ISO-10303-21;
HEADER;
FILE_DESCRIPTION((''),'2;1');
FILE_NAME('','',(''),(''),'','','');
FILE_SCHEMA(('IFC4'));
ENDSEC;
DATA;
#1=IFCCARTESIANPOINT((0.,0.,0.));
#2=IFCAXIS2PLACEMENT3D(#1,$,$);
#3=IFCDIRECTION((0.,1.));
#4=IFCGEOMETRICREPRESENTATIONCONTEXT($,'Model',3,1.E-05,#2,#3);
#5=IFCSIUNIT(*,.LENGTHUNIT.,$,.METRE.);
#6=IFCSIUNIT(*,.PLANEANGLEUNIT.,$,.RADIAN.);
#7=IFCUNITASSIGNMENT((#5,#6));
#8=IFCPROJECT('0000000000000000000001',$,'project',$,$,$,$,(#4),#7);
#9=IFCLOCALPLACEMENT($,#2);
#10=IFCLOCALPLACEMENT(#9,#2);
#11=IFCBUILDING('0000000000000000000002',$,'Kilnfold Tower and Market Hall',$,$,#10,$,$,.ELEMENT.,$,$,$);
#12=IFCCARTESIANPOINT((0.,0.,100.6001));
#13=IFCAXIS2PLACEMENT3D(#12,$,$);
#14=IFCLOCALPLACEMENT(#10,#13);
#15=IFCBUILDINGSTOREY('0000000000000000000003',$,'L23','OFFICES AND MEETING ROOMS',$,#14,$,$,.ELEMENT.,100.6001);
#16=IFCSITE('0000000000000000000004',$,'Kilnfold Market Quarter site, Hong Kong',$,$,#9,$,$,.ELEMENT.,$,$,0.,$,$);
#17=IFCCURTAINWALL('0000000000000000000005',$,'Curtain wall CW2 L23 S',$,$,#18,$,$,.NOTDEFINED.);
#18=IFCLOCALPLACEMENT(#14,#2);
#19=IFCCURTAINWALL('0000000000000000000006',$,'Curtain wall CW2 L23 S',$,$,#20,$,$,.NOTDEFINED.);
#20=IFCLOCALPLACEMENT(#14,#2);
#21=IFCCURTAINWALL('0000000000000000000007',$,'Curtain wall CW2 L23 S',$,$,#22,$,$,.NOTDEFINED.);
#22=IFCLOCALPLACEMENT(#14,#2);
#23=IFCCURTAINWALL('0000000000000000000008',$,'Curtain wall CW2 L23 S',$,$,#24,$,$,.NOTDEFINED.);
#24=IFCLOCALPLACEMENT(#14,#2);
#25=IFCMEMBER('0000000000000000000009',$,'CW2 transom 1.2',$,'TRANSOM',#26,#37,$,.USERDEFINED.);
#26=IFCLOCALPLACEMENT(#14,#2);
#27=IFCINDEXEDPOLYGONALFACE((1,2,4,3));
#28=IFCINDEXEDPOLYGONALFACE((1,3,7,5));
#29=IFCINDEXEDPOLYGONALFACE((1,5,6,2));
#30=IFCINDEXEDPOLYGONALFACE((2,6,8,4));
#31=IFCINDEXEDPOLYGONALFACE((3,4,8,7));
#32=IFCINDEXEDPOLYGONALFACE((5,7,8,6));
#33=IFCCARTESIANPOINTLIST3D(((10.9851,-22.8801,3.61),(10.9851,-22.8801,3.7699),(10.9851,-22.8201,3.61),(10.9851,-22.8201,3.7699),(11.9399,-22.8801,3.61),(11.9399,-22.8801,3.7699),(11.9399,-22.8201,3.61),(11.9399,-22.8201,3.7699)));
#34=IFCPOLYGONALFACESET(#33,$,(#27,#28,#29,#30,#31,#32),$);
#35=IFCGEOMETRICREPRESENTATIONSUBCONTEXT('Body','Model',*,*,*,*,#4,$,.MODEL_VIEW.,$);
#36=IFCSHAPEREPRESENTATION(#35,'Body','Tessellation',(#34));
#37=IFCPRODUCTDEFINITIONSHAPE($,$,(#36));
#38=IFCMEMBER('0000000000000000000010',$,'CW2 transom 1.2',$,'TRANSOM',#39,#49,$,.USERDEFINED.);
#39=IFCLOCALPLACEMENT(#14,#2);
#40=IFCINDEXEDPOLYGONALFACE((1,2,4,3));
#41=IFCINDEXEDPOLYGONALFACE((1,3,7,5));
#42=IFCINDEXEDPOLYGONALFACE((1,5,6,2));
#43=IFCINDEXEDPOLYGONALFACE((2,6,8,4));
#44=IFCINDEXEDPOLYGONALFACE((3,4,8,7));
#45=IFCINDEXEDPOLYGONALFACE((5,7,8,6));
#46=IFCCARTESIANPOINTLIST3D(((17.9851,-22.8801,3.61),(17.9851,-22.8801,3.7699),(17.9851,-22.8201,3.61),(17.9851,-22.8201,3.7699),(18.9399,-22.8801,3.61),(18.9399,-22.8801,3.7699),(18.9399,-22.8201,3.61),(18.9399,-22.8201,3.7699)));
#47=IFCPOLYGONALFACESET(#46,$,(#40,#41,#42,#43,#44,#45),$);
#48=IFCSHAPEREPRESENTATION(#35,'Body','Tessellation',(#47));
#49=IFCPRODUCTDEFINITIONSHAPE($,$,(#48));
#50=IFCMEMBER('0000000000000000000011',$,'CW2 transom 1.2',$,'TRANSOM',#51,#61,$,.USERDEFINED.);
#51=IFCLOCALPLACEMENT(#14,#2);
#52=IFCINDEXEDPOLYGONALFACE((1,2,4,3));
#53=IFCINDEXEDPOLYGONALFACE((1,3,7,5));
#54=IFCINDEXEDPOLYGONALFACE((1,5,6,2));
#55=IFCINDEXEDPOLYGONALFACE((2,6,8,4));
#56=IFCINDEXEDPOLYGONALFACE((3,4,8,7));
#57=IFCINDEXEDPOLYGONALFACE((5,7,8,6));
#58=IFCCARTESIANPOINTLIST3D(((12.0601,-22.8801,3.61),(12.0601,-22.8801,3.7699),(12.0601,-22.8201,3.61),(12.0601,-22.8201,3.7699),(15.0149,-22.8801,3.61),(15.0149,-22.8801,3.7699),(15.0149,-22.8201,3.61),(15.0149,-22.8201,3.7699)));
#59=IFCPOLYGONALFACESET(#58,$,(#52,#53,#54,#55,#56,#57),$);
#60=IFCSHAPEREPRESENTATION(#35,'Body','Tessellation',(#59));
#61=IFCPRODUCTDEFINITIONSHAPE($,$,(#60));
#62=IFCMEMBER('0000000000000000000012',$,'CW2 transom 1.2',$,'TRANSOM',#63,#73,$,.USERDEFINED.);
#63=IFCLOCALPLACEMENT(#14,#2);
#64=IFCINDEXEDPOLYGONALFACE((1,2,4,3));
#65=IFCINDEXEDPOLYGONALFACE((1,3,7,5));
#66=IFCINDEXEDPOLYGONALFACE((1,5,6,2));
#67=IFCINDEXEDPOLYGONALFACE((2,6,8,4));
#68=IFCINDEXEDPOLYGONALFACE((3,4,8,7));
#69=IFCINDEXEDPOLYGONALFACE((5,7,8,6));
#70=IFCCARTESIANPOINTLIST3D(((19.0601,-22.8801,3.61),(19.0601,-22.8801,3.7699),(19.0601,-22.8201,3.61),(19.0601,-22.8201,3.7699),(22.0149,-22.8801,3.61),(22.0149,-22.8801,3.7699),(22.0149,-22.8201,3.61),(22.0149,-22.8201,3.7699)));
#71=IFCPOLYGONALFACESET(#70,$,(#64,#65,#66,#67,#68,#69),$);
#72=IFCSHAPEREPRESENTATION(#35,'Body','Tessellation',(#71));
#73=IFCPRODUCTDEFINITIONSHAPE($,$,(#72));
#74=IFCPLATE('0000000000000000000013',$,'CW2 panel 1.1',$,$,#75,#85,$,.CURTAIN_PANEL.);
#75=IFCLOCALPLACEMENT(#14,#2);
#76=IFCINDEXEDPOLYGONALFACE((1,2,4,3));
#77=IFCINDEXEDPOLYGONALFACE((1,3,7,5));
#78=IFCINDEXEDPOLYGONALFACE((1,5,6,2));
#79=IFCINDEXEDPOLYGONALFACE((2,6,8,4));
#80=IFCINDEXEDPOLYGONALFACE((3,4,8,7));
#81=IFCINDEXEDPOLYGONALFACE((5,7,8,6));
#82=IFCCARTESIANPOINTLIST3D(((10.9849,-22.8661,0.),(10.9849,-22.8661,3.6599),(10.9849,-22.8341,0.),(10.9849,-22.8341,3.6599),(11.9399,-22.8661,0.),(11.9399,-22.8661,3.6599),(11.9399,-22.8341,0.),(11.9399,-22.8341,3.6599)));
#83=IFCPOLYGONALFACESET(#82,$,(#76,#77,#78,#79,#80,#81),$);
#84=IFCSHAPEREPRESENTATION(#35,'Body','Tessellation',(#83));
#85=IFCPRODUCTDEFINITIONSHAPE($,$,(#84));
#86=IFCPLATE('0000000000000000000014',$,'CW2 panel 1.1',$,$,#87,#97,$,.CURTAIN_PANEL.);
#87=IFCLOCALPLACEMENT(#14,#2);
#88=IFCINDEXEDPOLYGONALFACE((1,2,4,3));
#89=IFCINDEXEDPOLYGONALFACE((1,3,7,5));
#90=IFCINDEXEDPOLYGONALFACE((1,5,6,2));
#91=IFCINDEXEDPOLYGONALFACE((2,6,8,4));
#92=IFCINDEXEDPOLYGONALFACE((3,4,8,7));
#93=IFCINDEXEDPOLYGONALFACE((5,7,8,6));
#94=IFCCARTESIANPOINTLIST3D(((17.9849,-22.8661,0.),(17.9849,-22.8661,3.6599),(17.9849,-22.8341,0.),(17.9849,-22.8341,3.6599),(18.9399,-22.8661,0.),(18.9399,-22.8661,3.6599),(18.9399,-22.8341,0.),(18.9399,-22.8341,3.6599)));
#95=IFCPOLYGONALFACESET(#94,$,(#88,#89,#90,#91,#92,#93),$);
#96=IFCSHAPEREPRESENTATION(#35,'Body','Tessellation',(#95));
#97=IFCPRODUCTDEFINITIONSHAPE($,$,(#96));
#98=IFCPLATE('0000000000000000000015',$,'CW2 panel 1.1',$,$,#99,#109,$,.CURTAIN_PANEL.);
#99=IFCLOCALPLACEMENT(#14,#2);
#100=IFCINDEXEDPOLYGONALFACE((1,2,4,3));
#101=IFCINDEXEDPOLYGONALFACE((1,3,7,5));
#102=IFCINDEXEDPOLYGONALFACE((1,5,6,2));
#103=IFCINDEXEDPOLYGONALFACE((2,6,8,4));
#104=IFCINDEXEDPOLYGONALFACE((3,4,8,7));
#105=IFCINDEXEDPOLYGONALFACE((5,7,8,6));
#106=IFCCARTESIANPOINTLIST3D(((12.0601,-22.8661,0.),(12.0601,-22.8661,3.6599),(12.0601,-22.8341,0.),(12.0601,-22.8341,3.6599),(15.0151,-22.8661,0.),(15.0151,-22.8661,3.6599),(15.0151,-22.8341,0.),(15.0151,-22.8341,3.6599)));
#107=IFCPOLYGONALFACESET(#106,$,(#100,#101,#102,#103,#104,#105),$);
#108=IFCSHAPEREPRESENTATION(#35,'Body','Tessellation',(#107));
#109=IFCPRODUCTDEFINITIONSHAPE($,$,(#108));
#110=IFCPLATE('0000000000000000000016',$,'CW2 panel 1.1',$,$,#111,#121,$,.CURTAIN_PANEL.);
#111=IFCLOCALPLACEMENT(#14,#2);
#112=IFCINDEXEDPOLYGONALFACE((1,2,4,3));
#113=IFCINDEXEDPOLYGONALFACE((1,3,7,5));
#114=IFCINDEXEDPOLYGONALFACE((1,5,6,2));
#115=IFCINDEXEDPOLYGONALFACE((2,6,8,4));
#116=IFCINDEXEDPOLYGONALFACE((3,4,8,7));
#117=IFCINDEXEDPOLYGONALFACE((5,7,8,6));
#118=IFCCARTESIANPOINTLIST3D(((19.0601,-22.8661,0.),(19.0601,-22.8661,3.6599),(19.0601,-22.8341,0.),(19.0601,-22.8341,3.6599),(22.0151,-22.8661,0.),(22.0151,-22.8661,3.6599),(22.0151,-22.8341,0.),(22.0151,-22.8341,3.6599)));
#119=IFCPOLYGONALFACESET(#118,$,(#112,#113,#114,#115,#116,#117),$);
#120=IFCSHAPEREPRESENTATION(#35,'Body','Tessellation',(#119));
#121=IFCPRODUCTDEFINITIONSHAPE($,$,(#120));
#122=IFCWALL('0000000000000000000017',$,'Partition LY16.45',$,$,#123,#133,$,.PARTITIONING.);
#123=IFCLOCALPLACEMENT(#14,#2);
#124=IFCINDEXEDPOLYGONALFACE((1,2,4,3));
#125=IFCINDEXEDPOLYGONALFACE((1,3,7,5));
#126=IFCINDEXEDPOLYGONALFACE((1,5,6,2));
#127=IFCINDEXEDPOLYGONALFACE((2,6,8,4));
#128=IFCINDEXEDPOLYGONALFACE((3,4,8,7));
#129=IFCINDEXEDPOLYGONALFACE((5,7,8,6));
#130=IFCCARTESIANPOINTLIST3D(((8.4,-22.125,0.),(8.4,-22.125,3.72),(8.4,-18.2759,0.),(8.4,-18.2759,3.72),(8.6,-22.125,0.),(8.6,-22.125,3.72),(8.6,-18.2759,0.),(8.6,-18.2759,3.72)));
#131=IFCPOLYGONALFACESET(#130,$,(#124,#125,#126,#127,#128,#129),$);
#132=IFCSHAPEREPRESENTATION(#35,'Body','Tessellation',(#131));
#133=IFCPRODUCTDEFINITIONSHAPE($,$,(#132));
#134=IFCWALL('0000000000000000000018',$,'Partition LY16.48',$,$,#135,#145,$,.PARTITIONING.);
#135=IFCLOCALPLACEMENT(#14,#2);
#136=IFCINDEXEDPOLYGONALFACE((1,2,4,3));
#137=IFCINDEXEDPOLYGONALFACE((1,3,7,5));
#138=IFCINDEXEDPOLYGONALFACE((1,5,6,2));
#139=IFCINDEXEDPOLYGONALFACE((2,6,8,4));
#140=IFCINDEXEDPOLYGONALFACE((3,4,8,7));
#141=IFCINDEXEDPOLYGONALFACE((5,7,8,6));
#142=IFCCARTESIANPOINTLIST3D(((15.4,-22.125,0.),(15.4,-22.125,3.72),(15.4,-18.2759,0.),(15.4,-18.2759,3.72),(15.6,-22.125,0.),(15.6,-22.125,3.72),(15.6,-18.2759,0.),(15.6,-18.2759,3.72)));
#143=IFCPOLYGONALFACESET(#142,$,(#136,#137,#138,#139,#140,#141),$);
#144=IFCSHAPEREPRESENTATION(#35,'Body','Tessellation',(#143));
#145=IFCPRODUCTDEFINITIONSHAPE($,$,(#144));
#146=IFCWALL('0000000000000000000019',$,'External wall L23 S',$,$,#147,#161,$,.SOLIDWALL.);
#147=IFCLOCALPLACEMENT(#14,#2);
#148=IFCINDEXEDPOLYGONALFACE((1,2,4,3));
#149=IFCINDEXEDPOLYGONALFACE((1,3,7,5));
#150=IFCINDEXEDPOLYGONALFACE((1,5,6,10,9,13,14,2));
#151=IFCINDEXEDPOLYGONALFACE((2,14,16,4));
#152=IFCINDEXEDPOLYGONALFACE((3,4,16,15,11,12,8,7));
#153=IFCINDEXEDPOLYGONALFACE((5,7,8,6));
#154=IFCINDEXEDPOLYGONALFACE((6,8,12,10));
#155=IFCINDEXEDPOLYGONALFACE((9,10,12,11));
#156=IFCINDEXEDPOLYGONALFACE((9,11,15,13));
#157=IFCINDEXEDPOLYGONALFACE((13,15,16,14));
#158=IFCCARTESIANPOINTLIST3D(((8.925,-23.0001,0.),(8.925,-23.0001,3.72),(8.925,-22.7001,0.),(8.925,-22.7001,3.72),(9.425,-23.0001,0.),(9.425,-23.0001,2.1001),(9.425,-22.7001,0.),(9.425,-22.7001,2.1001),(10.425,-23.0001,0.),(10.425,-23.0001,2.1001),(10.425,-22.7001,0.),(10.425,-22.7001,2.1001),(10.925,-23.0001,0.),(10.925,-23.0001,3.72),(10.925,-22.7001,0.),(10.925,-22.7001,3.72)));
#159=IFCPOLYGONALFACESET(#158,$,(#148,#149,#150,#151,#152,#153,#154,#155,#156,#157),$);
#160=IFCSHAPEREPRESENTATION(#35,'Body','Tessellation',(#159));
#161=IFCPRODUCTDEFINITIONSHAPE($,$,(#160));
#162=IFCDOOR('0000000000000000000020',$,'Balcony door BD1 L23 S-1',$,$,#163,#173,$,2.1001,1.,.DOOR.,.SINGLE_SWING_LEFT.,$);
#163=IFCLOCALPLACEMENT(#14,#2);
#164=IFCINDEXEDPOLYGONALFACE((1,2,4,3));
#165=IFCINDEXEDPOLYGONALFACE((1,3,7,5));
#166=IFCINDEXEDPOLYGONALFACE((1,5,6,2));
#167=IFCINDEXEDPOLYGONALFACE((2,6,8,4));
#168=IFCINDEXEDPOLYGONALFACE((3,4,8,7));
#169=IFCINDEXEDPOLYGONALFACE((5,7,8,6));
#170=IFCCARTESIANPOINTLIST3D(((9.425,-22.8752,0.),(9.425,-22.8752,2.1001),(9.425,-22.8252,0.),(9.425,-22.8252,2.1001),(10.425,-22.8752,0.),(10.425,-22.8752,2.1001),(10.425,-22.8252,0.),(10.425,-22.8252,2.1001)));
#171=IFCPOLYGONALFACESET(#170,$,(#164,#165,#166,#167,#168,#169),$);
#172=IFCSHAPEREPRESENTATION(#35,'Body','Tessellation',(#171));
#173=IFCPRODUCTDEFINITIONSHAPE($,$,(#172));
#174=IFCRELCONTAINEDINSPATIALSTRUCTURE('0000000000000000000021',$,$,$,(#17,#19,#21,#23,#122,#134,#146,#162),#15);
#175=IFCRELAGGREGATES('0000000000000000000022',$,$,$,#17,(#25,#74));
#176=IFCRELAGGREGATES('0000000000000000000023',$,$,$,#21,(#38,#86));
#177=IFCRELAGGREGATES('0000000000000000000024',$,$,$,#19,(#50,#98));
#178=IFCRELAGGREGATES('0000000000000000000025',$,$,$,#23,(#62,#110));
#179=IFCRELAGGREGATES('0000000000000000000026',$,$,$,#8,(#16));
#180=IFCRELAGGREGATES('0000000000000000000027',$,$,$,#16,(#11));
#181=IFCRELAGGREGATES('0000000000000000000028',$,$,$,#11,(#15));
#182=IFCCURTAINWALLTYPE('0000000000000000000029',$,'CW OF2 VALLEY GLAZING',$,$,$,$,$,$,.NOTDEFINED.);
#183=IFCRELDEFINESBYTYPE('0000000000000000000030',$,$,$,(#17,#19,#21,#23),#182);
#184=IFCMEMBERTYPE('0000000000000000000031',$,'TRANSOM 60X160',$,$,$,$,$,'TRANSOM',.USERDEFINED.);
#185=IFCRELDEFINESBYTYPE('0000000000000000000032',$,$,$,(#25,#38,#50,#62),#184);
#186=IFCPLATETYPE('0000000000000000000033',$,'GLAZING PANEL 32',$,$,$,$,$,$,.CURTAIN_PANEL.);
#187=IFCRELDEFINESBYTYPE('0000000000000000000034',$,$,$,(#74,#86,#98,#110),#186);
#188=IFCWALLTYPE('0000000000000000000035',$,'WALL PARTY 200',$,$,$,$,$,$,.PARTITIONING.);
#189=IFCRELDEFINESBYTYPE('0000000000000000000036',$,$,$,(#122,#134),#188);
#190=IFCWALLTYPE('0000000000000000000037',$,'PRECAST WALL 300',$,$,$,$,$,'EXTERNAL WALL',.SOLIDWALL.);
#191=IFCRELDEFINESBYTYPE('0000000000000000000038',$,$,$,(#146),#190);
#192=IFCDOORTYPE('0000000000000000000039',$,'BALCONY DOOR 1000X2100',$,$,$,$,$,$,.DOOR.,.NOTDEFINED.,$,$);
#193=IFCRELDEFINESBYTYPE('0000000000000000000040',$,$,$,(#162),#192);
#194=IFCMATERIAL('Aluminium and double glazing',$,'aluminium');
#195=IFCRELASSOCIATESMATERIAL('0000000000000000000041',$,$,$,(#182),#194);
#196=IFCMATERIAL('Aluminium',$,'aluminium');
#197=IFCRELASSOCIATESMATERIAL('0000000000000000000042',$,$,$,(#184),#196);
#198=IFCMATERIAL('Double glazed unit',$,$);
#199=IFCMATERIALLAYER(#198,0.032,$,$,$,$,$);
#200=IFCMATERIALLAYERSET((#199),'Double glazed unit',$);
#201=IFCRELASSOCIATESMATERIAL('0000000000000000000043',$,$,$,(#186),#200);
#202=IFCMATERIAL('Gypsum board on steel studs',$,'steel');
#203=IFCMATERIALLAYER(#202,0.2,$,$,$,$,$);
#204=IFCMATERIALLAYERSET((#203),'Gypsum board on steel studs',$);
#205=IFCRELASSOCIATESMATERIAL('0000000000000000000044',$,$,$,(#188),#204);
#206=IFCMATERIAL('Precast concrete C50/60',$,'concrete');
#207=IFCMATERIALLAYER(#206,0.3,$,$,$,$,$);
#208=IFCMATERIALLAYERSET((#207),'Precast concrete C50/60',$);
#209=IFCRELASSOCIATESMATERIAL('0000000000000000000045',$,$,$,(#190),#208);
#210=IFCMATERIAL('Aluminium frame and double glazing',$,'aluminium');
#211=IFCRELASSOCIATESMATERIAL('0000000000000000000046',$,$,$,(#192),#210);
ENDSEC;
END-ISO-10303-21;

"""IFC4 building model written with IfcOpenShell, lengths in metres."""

from ifc_helpers import new_model, si_unit, direction, frame, frame_2d, origin, origin_2d, place, context, subcontext, project, spatial, rectangle, extrude, source, transform, mapped, material, layer, layer_set, material_profile, profile_set, type_object, element, fill, aggregate, save


model = new_model("IFC4")

# Units and contexts
model_context = context("Model", 3, precision=1e-05, world=origin(), true_north=direction((0.0, 1.0)))
body_context = subcontext(model_context, "Body", "Model", "MODEL_VIEW")
ifc_project = project(units=[si_unit("LENGTHUNIT", "METRE"), si_unit("PLANEANGLEUNIT", "RADIAN")], contexts=[model_context])

# Site, building, storey
site_placement = place(None, origin())
site = spatial("IfcSite", under=ifc_project, at=site_placement, Name="Kilnfold Market Quarter site, Hong Kong", CompositionType="ELEMENT", RefElevation=0.0)
building_placement = place(site_placement, origin())
building = spatial("IfcBuilding", under=site, at=building_placement, Name="Kilnfold Tower and Market Hall", CompositionType="ELEMENT")
storey_placement = place(building_placement, frame((0.0, 0.0, 100.6001)))
storey = spatial("IfcBuildingStorey", under=building, at=storey_placement, Name="L23", Description="OFFICES AND MEETING ROOMS", CompositionType="ELEMENT", Elevation=100.6001)

# Curtain walls
ifc_material_1 = material(Name="Aluminium and double glazing", Category="aluminium")
curtain_wall_type = type_object("IfcCurtainWallType", Name="CW OF2 VALLEY GLAZING", PredefinedType="NOTDEFINED", material=ifc_material_1)
curtain_wall_1_placement = place(storey_placement, origin())
curtain_wall_1 = element("IfcCurtainWall", 1, at=curtain_wall_1_placement, inside=storey, type_object=curtain_wall_type, Name="Curtain wall CW2 L23 S", PredefinedType="NOTDEFINED")
curtain_wall_2_placement = place(storey_placement, origin())
curtain_wall_2 = element("IfcCurtainWall", 2, at=curtain_wall_2_placement, inside=storey, type_object=curtain_wall_type, Name="Curtain wall CW2 L23 S", PredefinedType="NOTDEFINED")
curtain_wall_3_placement = place(storey_placement, origin())
curtain_wall_3 = element("IfcCurtainWall", 3, at=curtain_wall_3_placement, inside=storey, type_object=curtain_wall_type, Name="Curtain wall CW2 L23 S", PredefinedType="NOTDEFINED")

# Curtain wall
curtain_wall_4_placement = place(storey_placement, origin())
curtain_wall_4 = element("IfcCurtainWall", 4, at=curtain_wall_4_placement, inside=storey, type_object=curtain_wall_type, Name="Curtain wall CW2 L23 S", PredefinedType="NOTDEFINED")

# Members
ifc_material_2 = material(Name="Aluminium", Category="aluminium")
ifc_material_profile_1 = material_profile(ifc_material_2, rectangle(XDim=0.0601, YDim=0.1599, at=origin_2d()), Name="TRANSOM 60x160")
ifc_profile_set_1 = profile_set([ifc_material_profile_1], Name="Aluminium")
member_type_1 = type_object("IfcMemberType", Name="TRANSOM 60X160", ElementType="TRANSOM", PredefinedType="USERDEFINED", material=ifc_profile_set_1)
shared_shape_1 = source(origin(), body_context, "Body", "SweptSolid", [
    extrude(rectangle(XDim=0.0601, YDim=0.1599, at=origin_2d()), origin(), (0.0, 0.0, 1.0), 0.9548),
])
member_1_placement = place(storey_placement, frame((10.9851, -22.8501, 3.6899), z_axis=(1.0, 0.0, 0.0), x_axis=(0.0, 1.0, 0.0)))
member_1 = element("IfcMember", 5, at=member_1_placement, type_object=member_type_1, Name="CW2 transom 1.2", ObjectType="TRANSOM", PredefinedType="USERDEFINED", context=body_context, shape_type="MappedRepresentation", body=[
    mapped(shared_shape_1, transform((0.0, 0.0, 0.0))),
])
member_2_placement = place(storey_placement, frame((17.9851, -22.8501, 3.6899), z_axis=(1.0, 0.0, 0.0), x_axis=(0.0, 1.0, 0.0)))
member_2 = element("IfcMember", 6, at=member_2_placement, type_object=member_type_1, Name="CW2 transom 1.2", ObjectType="TRANSOM", PredefinedType="USERDEFINED", context=body_context, shape_type="MappedRepresentation", body=[
    mapped(shared_shape_1, transform((0.0, 0.0, 0.0))),
])
shared_shape_2 = source(origin(), body_context, "Body", "SweptSolid", [
    extrude(rectangle(XDim=0.0601, YDim=0.1599, at=origin_2d()), origin(), (0.0, 0.0, 1.0), 2.9548),
])
member_3_placement = place(storey_placement, frame((12.0601, -22.8501, 3.6899), z_axis=(1.0, 0.0, 0.0), x_axis=(0.0, 1.0, 0.0)))
member_3 = element("IfcMember", 7, at=member_3_placement, type_object=member_type_1, Name="CW2 transom 1.2", ObjectType="TRANSOM", PredefinedType="USERDEFINED", context=body_context, shape_type="MappedRepresentation", body=[
    mapped(shared_shape_2, transform((0.0, 0.0, 0.0))),
])
member_4_placement = place(storey_placement, frame((19.0601, -22.8501, 3.6899), z_axis=(1.0, 0.0, 0.0), x_axis=(0.0, 1.0, 0.0)))
member_4 = element("IfcMember", 8, at=member_4_placement, type_object=member_type_1, Name="CW2 transom 1.2", ObjectType="TRANSOM", PredefinedType="USERDEFINED", context=body_context, shape_type="MappedRepresentation", body=[
    mapped(shared_shape_2, transform((0.0, 0.0, 0.0))),
])

# Plates
ifc_material_3 = material(Name="Double glazed unit")
ifc_layer_1 = layer(ifc_material_3, 0.032)
ifc_layer_set_1 = layer_set([ifc_layer_1], Name="Double glazed unit")
plate_type = type_object("IfcPlateType", Name="GLAZING PANEL 32", PredefinedType="CURTAIN_PANEL", material=ifc_layer_set_1)
shared_shape_3 = source(origin(), body_context, "Body", "SweptSolid", [
    extrude(rectangle(XDim=0.9551, YDim=0.032, at=origin_2d()), origin(), (0.0, 0.0, 1.0), 3.6599),
])
plate_1_placement = place(storey_placement, frame((11.4624, -22.8501, 0.0), z_axis=(0.0, 0.0, 1.0), x_axis=(1.0, 0.0, 0.0)))
plate_1 = element("IfcPlate", 9, at=plate_1_placement, type_object=plate_type, Name="CW2 panel 1.1", PredefinedType="CURTAIN_PANEL", context=body_context, shape_type="MappedRepresentation", body=[
    mapped(shared_shape_3, transform((0.0, 0.0, 0.0))),
])
aggregate(curtain_wall_1, [member_1, plate_1])
plate_2_placement = place(storey_placement, frame((18.4624, -22.8501, 0.0), z_axis=(0.0, 0.0, 1.0), x_axis=(1.0, 0.0, 0.0)))
plate_2 = element("IfcPlate", 10, at=plate_2_placement, type_object=plate_type, Name="CW2 panel 1.1", PredefinedType="CURTAIN_PANEL", context=body_context, shape_type="MappedRepresentation", body=[
    mapped(shared_shape_3, transform((0.0, 0.0, 0.0))),
])
aggregate(curtain_wall_3, [member_2, plate_2])
shared_shape_4 = source(origin(), body_context, "Body", "SweptSolid", [
    extrude(rectangle(XDim=2.9551, YDim=0.032, at=origin_2d()), origin(), (0.0, 0.0, 1.0), 3.6599),
])
plate_3_placement = place(storey_placement, frame((13.5376, -22.8501, 0.0), z_axis=(0.0, 0.0, 1.0), x_axis=(1.0, 0.0, 0.0)))
plate_3 = element("IfcPlate", 11, at=plate_3_placement, type_object=plate_type, Name="CW2 panel 1.1", PredefinedType="CURTAIN_PANEL", context=body_context, shape_type="MappedRepresentation", body=[
    mapped(shared_shape_4, transform((0.0, 0.0, 0.0))),
])
aggregate(curtain_wall_2, [member_3, plate_3])
plate_4_placement = place(storey_placement, frame((20.5376, -22.8501, 0.0), z_axis=(0.0, 0.0, 1.0), x_axis=(1.0, 0.0, 0.0)))
plate_4 = element("IfcPlate", 12, at=plate_4_placement, type_object=plate_type, Name="CW2 panel 1.1", PredefinedType="CURTAIN_PANEL", context=body_context, shape_type="MappedRepresentation", body=[
    mapped(shared_shape_4, transform((0.0, 0.0, 0.0))),
])
aggregate(curtain_wall_4, [member_4, plate_4])

# Walls
ifc_material_4 = material(Name="Gypsum board on steel studs", Category="steel")
ifc_layer_2 = layer(ifc_material_4, 0.2)
ifc_layer_set_2 = layer_set([ifc_layer_2], Name="Gypsum board on steel studs")
wall_type_1 = type_object("IfcWallType", Name="WALL PARTY 200", PredefinedType="PARTITIONING", material=ifc_layer_set_2)
for number, where, z_axis, x_axis, name in (
    (13, (8.5, -22.125, 0.0), (0.0, 0.0, 1.0), (0.0, 1.0, 0.0), "Partition LY16.45"),
    (14, (15.5, -22.125, 0.0), (0.0, 0.0, 1.0), (0.0, 1.0, 0.0), "Partition LY16.48"),
):
    element("IfcWall", number, at=place(storey_placement, frame(where, z_axis=z_axis, x_axis=x_axis)), inside=storey, type_object=wall_type_1, Name=name, PredefinedType="PARTITIONING", context=body_context, shape_type="SweptSolid", body=[
        extrude(rectangle(XDim=3.8491, YDim=0.2, at=frame_2d((1.9246, 0.0))), origin(), (0.0, 0.0, 1.0), 3.72),
    ])

# Wall, opening, door
ifc_material_5 = material(Name="Precast concrete C50/60", Category="concrete")
ifc_layer_3 = layer(ifc_material_5, 0.3)
ifc_layer_set_3 = layer_set([ifc_layer_3], Name="Precast concrete C50/60")
wall_type_2 = type_object("IfcWallType", Name="PRECAST WALL 300", ElementType="EXTERNAL WALL", PredefinedType="SOLIDWALL", material=ifc_layer_set_3)
shared_shape_5 = source(origin(), body_context, "Body", "SweptSolid", [
    extrude(rectangle(XDim=2.0, YDim=0.3, at=frame_2d((1.0, 0.0))), origin(), (0.0, 0.0, 1.0), 3.72),
])
wall_1_placement = place(storey_placement, frame((8.925, -22.8501, 0.0), z_axis=(0.0, 0.0, 1.0), x_axis=(1.0, 0.0, 0.0)))
wall_1 = element("IfcWall", 15, at=wall_1_placement, inside=storey, type_object=wall_type_2, Name="External wall L23 S", PredefinedType="SOLIDWALL", context=body_context, shape_type="MappedRepresentation", body=[
    mapped(shared_shape_5, transform((0.0, 0.0, 0.0))),
])
opening_1_placement = place(wall_1_placement, frame((0.5, 0.0, 0.0)))
opening_1 = element("IfcOpeningElement", 16, at=opening_1_placement, cuts=wall_1, PredefinedType="OPENING", context=body_context, shape_type="SweptSolid", body=[
    extrude(rectangle(XDim=1.0, YDim=2.1001, at=frame_2d((0.5, 1.05))), frame((0.0, 0.1602, 0.0), z_axis=(0.0, -1.0, 0.0), x_axis=(1.0, 0.0, 0.0)), (0.0, 0.0, 1.0), 0.3201),
])
ifc_material_6 = material(Name="Aluminium frame and double glazing", Category="aluminium")
door_type = type_object("IfcDoorType", Name="BALCONY DOOR 1000X2100", OperationType="NOTDEFINED", PredefinedType="DOOR", material=ifc_material_6)
door_1_placement = place(opening_1_placement, origin())
door_1 = element("IfcDoor", 17, at=door_1_placement, inside=storey, type_object=door_type, Name="Balcony door BD1 L23 S-1", OperationType="SINGLE_SWING_LEFT", OverallHeight=2.1001, OverallWidth=1.0, PredefinedType="DOOR", context=body_context, shape_type="SweptSolid", body=[
    extrude(rectangle(XDim=1.0, YDim=2.1001, at=frame_2d((0.5, 1.05))), frame((0.0, 0.0249, 0.0), z_axis=(0.0, -1.0, 0.0), x_axis=(1.0, 0.0, 0.0)), (0.0, 0.0, 1.0), 0.05),
])
fill(opening_1, door_1)

save(model, "model.ifc")
